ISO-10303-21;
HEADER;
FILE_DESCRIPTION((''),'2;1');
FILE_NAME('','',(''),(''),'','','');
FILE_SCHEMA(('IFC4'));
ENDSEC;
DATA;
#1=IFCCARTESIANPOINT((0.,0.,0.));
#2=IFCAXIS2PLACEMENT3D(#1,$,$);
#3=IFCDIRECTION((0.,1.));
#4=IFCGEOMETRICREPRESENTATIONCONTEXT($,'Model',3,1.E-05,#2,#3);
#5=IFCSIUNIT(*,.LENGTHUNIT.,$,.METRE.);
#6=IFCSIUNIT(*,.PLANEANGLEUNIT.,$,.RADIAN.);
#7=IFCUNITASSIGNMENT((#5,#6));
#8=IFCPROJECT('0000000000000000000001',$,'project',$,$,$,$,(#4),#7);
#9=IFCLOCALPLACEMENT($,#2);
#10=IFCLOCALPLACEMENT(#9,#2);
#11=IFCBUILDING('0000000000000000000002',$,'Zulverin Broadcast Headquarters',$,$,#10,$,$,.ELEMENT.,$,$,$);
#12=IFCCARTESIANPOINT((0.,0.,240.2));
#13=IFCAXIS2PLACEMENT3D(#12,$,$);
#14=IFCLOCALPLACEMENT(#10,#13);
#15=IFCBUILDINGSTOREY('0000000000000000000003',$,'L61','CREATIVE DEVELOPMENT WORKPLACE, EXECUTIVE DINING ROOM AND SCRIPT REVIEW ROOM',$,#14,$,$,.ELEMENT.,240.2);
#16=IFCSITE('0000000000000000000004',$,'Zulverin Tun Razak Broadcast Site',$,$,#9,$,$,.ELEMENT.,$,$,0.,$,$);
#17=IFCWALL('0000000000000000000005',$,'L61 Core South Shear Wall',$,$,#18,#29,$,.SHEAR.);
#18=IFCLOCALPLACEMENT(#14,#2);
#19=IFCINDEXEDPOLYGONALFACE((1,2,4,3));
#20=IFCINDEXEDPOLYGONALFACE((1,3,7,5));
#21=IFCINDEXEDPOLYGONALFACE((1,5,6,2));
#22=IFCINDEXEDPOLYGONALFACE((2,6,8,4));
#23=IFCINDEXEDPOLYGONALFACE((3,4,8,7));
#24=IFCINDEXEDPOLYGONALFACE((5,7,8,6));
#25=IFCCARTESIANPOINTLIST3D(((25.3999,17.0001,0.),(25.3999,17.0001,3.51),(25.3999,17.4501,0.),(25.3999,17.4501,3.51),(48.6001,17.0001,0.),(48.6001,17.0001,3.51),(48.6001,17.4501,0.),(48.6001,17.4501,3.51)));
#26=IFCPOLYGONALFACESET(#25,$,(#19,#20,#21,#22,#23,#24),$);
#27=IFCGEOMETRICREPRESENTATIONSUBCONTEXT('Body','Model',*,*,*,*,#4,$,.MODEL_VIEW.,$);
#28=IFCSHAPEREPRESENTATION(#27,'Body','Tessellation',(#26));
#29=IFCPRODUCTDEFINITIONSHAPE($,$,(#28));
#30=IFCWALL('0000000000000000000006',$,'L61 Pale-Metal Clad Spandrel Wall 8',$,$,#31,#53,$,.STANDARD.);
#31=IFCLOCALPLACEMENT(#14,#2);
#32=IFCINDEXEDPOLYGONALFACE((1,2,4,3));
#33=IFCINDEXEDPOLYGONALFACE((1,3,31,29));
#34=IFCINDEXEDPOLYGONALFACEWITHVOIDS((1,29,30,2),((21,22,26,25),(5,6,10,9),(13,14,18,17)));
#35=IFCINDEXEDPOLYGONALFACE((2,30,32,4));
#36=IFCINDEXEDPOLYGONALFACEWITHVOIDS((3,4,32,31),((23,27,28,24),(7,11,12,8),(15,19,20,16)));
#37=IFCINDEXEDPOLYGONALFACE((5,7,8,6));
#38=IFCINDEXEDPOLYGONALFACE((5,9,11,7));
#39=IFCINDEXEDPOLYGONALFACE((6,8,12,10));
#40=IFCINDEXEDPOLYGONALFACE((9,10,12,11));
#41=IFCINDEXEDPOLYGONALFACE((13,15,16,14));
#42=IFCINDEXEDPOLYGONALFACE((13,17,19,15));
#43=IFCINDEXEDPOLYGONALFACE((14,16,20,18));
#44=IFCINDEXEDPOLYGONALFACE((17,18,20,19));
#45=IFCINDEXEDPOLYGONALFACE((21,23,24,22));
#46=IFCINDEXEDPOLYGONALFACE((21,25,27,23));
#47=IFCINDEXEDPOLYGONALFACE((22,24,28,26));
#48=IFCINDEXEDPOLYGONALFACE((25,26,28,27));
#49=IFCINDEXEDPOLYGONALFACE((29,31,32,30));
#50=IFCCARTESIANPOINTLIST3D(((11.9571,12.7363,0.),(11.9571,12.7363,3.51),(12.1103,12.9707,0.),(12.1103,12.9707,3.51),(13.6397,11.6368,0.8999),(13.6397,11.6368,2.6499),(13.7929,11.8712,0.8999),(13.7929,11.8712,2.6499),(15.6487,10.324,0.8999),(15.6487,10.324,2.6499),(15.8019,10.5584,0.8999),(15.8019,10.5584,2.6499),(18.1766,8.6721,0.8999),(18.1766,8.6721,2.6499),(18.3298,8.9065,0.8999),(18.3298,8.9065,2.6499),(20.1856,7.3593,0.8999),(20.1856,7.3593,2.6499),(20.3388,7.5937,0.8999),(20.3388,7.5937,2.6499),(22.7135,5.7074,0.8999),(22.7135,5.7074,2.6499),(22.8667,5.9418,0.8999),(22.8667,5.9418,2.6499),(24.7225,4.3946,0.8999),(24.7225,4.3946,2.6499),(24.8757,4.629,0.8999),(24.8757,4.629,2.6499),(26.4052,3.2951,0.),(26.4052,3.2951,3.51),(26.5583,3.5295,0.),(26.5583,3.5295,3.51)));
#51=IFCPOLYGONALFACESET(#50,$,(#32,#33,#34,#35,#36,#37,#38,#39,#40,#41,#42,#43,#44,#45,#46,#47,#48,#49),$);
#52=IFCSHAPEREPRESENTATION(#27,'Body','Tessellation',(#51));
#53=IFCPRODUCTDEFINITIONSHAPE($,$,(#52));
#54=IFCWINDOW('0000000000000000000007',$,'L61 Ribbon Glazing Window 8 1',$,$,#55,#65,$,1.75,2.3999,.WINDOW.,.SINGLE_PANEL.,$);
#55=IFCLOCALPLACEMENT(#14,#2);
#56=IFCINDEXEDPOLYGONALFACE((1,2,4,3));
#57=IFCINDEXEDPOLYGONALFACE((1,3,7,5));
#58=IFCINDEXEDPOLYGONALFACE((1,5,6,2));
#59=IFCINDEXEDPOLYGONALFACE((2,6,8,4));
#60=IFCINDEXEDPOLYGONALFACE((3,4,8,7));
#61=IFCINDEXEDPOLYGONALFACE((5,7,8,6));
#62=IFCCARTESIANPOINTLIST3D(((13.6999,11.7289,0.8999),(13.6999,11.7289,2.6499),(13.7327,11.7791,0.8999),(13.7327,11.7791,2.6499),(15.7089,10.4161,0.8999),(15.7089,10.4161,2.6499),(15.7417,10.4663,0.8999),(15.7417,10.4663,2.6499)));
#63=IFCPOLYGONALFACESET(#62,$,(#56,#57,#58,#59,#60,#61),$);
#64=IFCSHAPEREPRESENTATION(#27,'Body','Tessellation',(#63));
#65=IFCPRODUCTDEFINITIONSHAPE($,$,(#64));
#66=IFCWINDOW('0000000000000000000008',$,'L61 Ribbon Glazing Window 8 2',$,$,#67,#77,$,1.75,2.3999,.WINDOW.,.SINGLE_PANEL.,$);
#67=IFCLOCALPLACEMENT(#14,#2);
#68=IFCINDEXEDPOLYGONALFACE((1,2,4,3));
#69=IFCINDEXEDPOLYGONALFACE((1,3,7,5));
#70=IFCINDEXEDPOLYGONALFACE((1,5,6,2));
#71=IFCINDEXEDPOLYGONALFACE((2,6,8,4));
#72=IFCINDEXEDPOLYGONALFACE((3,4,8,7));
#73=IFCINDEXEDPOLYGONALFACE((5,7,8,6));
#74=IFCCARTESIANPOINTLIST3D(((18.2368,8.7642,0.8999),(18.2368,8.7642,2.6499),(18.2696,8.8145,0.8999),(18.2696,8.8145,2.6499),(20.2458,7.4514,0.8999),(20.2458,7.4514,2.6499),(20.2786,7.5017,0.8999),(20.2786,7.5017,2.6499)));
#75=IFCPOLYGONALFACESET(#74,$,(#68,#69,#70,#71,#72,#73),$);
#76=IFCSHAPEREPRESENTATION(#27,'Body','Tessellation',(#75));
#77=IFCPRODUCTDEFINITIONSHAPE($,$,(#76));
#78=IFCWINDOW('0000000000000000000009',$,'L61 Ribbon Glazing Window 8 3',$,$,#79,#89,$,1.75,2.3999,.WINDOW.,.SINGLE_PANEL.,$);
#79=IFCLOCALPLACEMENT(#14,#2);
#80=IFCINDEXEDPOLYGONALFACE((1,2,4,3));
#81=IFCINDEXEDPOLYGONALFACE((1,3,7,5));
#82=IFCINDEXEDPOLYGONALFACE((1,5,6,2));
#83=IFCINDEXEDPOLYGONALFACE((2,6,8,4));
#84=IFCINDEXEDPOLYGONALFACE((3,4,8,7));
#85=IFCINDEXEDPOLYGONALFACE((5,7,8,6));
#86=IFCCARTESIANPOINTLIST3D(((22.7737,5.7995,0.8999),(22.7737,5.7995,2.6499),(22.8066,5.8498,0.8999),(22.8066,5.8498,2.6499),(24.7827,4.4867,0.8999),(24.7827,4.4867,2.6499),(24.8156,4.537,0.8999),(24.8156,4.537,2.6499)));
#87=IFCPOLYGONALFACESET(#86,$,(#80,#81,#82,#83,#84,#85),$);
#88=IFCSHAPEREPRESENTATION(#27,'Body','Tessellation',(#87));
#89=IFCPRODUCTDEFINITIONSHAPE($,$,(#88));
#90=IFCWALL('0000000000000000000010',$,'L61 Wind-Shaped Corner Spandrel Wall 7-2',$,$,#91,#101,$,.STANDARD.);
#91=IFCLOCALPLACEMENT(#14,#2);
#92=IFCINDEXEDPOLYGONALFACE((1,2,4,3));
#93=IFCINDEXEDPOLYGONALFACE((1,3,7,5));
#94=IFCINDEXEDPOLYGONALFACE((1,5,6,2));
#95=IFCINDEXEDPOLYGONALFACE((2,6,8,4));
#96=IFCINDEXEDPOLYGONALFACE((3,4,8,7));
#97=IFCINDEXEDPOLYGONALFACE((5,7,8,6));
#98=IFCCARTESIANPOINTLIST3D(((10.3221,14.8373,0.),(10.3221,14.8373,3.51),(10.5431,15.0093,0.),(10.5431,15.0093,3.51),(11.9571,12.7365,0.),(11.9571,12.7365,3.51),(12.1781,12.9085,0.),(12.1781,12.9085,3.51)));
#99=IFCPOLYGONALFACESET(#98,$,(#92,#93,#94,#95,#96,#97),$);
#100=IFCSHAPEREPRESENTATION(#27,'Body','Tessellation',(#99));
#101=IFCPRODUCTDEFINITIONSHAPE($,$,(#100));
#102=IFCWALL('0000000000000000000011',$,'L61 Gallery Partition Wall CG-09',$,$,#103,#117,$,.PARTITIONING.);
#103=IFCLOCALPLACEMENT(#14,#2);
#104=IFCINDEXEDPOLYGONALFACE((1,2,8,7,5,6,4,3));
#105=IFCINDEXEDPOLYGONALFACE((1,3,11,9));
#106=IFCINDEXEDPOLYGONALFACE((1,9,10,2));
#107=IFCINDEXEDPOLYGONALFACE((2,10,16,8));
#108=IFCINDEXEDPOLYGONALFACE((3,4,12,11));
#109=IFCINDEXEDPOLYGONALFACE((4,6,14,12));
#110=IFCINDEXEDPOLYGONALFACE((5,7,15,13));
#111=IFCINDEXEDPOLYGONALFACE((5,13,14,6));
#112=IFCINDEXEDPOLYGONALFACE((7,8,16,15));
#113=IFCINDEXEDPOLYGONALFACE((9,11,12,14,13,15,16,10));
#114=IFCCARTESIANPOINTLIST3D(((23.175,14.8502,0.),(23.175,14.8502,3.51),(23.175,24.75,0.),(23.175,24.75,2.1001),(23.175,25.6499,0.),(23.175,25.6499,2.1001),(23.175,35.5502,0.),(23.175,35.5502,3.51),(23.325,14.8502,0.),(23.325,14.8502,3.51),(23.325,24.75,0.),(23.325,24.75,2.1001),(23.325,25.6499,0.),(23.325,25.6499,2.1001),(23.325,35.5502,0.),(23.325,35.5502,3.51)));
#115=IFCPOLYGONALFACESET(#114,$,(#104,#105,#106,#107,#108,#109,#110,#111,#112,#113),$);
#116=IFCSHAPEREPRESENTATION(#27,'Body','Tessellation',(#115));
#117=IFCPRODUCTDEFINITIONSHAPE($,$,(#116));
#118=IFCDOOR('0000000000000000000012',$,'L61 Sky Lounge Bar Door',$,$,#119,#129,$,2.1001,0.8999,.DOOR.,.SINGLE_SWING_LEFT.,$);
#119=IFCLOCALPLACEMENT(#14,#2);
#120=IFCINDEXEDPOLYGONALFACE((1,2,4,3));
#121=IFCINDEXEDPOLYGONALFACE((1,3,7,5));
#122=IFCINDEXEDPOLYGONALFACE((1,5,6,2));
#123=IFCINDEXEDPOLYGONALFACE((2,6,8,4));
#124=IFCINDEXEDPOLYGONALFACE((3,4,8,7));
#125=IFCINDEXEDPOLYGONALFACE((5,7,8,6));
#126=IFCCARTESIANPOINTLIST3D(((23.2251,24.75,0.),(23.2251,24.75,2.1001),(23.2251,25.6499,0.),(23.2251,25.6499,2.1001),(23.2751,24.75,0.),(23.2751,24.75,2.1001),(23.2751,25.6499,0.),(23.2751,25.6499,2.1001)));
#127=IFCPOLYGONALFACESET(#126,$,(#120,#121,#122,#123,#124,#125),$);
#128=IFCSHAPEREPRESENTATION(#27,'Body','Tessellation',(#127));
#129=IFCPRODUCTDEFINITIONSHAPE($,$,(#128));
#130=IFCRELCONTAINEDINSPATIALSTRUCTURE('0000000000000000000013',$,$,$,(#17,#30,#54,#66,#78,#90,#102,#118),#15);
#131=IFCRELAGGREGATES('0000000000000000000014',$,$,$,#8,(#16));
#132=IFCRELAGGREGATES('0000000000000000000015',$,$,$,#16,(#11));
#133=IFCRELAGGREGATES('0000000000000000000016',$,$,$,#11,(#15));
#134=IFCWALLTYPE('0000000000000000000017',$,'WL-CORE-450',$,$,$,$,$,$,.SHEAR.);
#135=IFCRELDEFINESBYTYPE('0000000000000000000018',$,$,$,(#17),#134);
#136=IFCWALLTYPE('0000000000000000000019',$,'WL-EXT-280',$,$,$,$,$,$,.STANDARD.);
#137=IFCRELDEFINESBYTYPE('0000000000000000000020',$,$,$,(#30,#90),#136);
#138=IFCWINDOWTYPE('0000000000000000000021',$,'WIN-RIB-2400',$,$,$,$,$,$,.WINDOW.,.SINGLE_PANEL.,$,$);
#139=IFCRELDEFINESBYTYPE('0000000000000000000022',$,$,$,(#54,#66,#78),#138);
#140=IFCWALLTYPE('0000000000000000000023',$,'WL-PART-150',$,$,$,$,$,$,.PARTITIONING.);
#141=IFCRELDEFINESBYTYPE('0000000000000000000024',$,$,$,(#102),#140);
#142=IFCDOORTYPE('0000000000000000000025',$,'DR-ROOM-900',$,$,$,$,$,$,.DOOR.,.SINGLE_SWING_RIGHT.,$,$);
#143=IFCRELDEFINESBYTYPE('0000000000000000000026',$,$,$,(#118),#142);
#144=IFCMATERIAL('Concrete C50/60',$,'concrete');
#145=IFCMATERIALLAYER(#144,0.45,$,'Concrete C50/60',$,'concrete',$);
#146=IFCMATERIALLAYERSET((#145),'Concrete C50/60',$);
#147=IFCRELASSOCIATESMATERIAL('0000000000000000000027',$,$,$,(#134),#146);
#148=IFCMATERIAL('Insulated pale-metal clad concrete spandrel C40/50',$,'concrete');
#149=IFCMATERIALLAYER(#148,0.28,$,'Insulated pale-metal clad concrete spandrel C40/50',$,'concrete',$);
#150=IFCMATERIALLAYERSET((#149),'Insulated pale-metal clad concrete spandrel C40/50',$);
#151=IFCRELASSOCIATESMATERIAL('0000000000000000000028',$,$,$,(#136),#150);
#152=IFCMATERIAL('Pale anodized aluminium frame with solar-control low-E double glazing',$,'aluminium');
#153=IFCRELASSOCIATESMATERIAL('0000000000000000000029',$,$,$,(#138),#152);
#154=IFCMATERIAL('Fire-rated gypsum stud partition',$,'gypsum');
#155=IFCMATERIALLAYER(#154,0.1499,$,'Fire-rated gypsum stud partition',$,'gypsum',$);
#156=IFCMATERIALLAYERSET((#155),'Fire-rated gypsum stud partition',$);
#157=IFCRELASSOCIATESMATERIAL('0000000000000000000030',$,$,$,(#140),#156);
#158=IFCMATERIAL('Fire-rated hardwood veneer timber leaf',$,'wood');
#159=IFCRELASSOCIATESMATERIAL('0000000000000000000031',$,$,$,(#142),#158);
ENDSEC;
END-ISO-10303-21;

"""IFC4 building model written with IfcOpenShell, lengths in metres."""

from ifc_helpers import new_model, si_unit, direction, frame, frame_2d, origin, place, context, subcontext, project, spatial, rectangle, extrude, material, layer, layer_set, type_object, element, fill, save


model = new_model("IFC4")

# Units and contexts
model_context = context("Model", 3, precision=1e-05, world=origin(), true_north=direction((0.0, 1.0)))
body_context = subcontext(model_context, "Body", "Model", "MODEL_VIEW")
ifc_project = project(units=[si_unit("LENGTHUNIT", "METRE"), si_unit("PLANEANGLEUNIT", "RADIAN")], contexts=[model_context])

# Site, building, storey
site_placement = place(None, origin())
site = spatial("IfcSite", under=ifc_project, at=site_placement, Name="Zulverin Tun Razak Broadcast Site", CompositionType="ELEMENT", RefElevation=0.0)
building_placement = place(site_placement, origin())
building = spatial("IfcBuilding", under=site, at=building_placement, Name="Zulverin Broadcast Headquarters", CompositionType="ELEMENT")
storey_placement = place(building_placement, frame((0.0, 0.0, 240.2)))
storey = spatial("IfcBuildingStorey", under=building, at=storey_placement, Name="L61", Description="CREATIVE DEVELOPMENT WORKPLACE, EXECUTIVE DINING ROOM AND SCRIPT REVIEW ROOM", CompositionType="ELEMENT", Elevation=240.2)

# Shared definitions
ifc_material_1 = material(Name="Concrete C50/60", Category="concrete")

# Wall
ifc_layer_1 = layer(ifc_material_1, 0.45, Name="Concrete C50/60", Category="concrete")
ifc_layer_set_1 = layer_set([ifc_layer_1], Name="Concrete C50/60")
wall_type_1 = type_object("IfcWallType", Name="WL-CORE-450", PredefinedType="SHEAR", material=ifc_layer_set_1)
wall_1_placement = place(storey_placement, frame((25.3999, 17.2251, 0.0), z_axis=(0.0, 0.0, 1.0), x_axis=(1.0, 0.0, 0.0)))
element("IfcWall", 1, at=wall_1_placement, inside=storey, type_object=wall_type_1, Name="L61 Core South Shear Wall", PredefinedType="SHEAR", context=body_context, shape_type="SweptSolid", body=[
    extrude(rectangle(XDim=23.2002, YDim=0.45, at=frame_2d((11.6001, 0.0))), origin(), (0.0, 0.0, 1.0), 3.51),
])

# Wall, openings, windows
ifc_material_2 = material(Name="Insulated pale-metal clad concrete spandrel C40/50", Category="concrete")
ifc_layer_2 = layer(ifc_material_2, 0.28, Name="Insulated pale-metal clad concrete spandrel C40/50", Category="concrete")
ifc_layer_set_2 = layer_set([ifc_layer_2], Name="Insulated pale-metal clad concrete spandrel C40/50")
wall_type_2 = type_object("IfcWallType", Name="WL-EXT-280", PredefinedType="STANDARD", material=ifc_layer_set_2)
wall_2_placement = place(storey_placement, frame((12.0337, 12.8535, 0.0), z_axis=(0.0, 0.0, 1.0), x_axis=(0.837118, -0.547022, 0.0)))
wall_2 = element("IfcWall", 2, at=wall_2_placement, inside=storey, type_object=wall_type_2, Name="L61 Pale-Metal Clad Spandrel Wall 8", PredefinedType="STANDARD", context=body_context, shape_type="SweptSolid", body=[
    extrude(rectangle(XDim=17.2593, YDim=0.28, at=frame_2d((8.6296, 0.0))), origin(), (0.0, 0.0, 1.0), 3.51),
])
opening_1_placement = place(wall_2_placement, frame((2.01, 0.0, 0.8999)))
opening_1 = element("IfcOpeningElement", 3, at=opening_1_placement, cuts=wall_2, PredefinedType="OPENING", context=body_context, shape_type="SweptSolid", body=[
    extrude(rectangle(XDim=2.3999, YDim=1.75, at=frame_2d((1.2, 0.875))), frame((0.0, 0.1499, 0.0), z_axis=(0.0, -1.0, 0.0), x_axis=(1.0, 0.0, 0.0)), (0.0, 0.0, 1.0), 0.3),
])
opening_2_placement = place(wall_2_placement, frame((7.4297, 0.0, 0.8999)))
opening_2 = element("IfcOpeningElement", 4, at=opening_2_placement, cuts=wall_2, PredefinedType="OPENING", context=body_context, shape_type="SweptSolid", body=[
    extrude(rectangle(XDim=2.3999, YDim=1.75, at=frame_2d((1.2, 0.875))), frame((0.0, 0.1499, 0.0), z_axis=(0.0, -1.0, 0.0), x_axis=(1.0, 0.0, 0.0)), (0.0, 0.0, 1.0), 0.3),
])
opening_3_placement = place(wall_2_placement, frame((12.8494, 0.0, 0.8999)))
opening_3 = element("IfcOpeningElement", 5, at=opening_3_placement, cuts=wall_2, PredefinedType="OPENING", context=body_context, shape_type="SweptSolid", body=[
    extrude(rectangle(XDim=2.3999, YDim=1.75, at=frame_2d((1.2, 0.875))), frame((0.0, 0.1499, 0.0), z_axis=(0.0, -1.0, 0.0), x_axis=(1.0, 0.0, 0.0)), (0.0, 0.0, 1.0), 0.3),
])
ifc_material_3 = material(Name="Pale anodized aluminium frame with solar-control low-E double glazing", Category="aluminium")
window_type = type_object("IfcWindowType", Name="WIN-RIB-2400", PartitioningType="SINGLE_PANEL", PredefinedType="WINDOW", material=ifc_material_3)
window_1_placement = place(opening_1_placement, origin())
window_1 = element("IfcWindow", 6, at=window_1_placement, inside=storey, type_object=window_type, Name="L61 Ribbon Glazing Window 8 1", OverallHeight=1.75, OverallWidth=2.3999, PartitioningType="SINGLE_PANEL", PredefinedType="WINDOW", context=body_context, shape_type="SweptSolid", body=[
    extrude(rectangle(XDim=2.3999, YDim=1.75, at=frame_2d((1.2, 0.875))), frame((0.0, 0.03, 0.0), z_axis=(0.0, -1.0, 0.0), x_axis=(1.0, 0.0, 0.0)), (0.0, 0.0, 1.0), 0.0601),
])
fill(opening_1, window_1)
window_2_placement = place(opening_2_placement, origin())
window_2 = element("IfcWindow", 7, at=window_2_placement, inside=storey, type_object=window_type, Name="L61 Ribbon Glazing Window 8 2", OverallHeight=1.75, OverallWidth=2.3999, PartitioningType="SINGLE_PANEL", PredefinedType="WINDOW", context=body_context, shape_type="SweptSolid", body=[
    extrude(rectangle(XDim=2.3999, YDim=1.75, at=frame_2d((1.2, 0.875))), frame((0.0, 0.03, 0.0), z_axis=(0.0, -1.0, 0.0), x_axis=(1.0, 0.0, 0.0)), (0.0, 0.0, 1.0), 0.0601),
])
fill(opening_2, window_2)
window_3_placement = place(opening_3_placement, origin())
window_3 = element("IfcWindow", 8, at=window_3_placement, inside=storey, type_object=window_type, Name="L61 Ribbon Glazing Window 8 3", OverallHeight=1.75, OverallWidth=2.3999, PartitioningType="SINGLE_PANEL", PredefinedType="WINDOW", context=body_context, shape_type="SweptSolid", body=[
    extrude(rectangle(XDim=2.3999, YDim=1.75, at=frame_2d((1.2, 0.875))), frame((0.0, 0.03, 0.0), z_axis=(0.0, -1.0, 0.0), x_axis=(1.0, 0.0, 0.0)), (0.0, 0.0, 1.0), 0.0601),
])
fill(opening_3, window_3)

# Wall
wall_3_placement = place(storey_placement, frame((10.4326, 14.9233, 0.0), z_axis=(0.0, 0.0, 1.0), x_axis=(0.614182, -0.789165, 0.0)))
element("IfcWall", 9, at=wall_3_placement, inside=storey, type_object=wall_type_2, Name="L61 Wind-Shaped Corner Spandrel Wall 7-2", PredefinedType="STANDARD", context=body_context, shape_type="SweptSolid", body=[
    extrude(rectangle(XDim=2.6621, YDim=0.28, at=frame_2d((1.3311, 0.0))), origin(), (0.0, 0.0, 1.0), 3.51),
])

# Wall, opening, door
ifc_material_4 = material(Name="Fire-rated gypsum stud partition", Category="gypsum")
ifc_layer_3 = layer(ifc_material_4, 0.1499, Name="Fire-rated gypsum stud partition", Category="gypsum")
ifc_layer_set_3 = layer_set([ifc_layer_3], Name="Fire-rated gypsum stud partition")
wall_type_3 = type_object("IfcWallType", Name="WL-PART-150", PredefinedType="PARTITIONING", material=ifc_layer_set_3)
wall_4_placement = place(storey_placement, frame((23.25, 14.8501, 0.0), z_axis=(0.0, 0.0, 1.0), x_axis=(0.0, 1.0, 0.0)))
wall_4 = element("IfcWall", 10, at=wall_4_placement, inside=storey, type_object=wall_type_3, Name="L61 Gallery Partition Wall CG-09", PredefinedType="PARTITIONING", context=body_context, shape_type="SweptSolid", body=[
    extrude(rectangle(XDim=20.7, YDim=0.1499, at=frame_2d((10.3501, 0.0))), origin(), (0.0, 0.0, 1.0), 3.51),
])
opening_4_placement = place(wall_4_placement, frame((9.8999, 0.0, 0.0)))
opening_4 = element("IfcOpeningElement", 11, at=opening_4_placement, cuts=wall_4, PredefinedType="OPENING", context=body_context, shape_type="SweptSolid", body=[
    extrude(rectangle(XDim=0.8999, YDim=2.1001, at=frame_2d((0.45, 1.05))), frame((0.0, 0.085, 0.0), z_axis=(0.0, -1.0, 0.0), x_axis=(1.0, 0.0, 0.0)), (0.0, 0.0, 1.0), 0.1699),
])
ifc_material_5 = material(Name="Fire-rated hardwood veneer timber leaf", Category="wood")
door_type_1 = type_object("IfcDoorType", Name="DR-ROOM-900", OperationType="SINGLE_SWING_RIGHT", PredefinedType="DOOR", material=ifc_material_5)
door_1_placement = place(opening_4_placement, origin())
door_1 = element("IfcDoor", 12, at=door_1_placement, inside=storey, type_object=door_type_1, Name="L61 Sky Lounge Bar Door", OperationType="SINGLE_SWING_LEFT", OverallHeight=2.1001, OverallWidth=0.8999, PredefinedType="DOOR", context=body_context, shape_type="SweptSolid", body=[
    extrude(rectangle(XDim=0.8999, YDim=2.1001, at=frame_2d((0.45, 1.05))), frame((0.0, 0.0249, 0.0), z_axis=(0.0, -1.0, 0.0), x_axis=(1.0, 0.0, 0.0)), (0.0, 0.0, 1.0), 0.05),
])
fill(opening_4, door_1)

save(model, "model.ifc")
